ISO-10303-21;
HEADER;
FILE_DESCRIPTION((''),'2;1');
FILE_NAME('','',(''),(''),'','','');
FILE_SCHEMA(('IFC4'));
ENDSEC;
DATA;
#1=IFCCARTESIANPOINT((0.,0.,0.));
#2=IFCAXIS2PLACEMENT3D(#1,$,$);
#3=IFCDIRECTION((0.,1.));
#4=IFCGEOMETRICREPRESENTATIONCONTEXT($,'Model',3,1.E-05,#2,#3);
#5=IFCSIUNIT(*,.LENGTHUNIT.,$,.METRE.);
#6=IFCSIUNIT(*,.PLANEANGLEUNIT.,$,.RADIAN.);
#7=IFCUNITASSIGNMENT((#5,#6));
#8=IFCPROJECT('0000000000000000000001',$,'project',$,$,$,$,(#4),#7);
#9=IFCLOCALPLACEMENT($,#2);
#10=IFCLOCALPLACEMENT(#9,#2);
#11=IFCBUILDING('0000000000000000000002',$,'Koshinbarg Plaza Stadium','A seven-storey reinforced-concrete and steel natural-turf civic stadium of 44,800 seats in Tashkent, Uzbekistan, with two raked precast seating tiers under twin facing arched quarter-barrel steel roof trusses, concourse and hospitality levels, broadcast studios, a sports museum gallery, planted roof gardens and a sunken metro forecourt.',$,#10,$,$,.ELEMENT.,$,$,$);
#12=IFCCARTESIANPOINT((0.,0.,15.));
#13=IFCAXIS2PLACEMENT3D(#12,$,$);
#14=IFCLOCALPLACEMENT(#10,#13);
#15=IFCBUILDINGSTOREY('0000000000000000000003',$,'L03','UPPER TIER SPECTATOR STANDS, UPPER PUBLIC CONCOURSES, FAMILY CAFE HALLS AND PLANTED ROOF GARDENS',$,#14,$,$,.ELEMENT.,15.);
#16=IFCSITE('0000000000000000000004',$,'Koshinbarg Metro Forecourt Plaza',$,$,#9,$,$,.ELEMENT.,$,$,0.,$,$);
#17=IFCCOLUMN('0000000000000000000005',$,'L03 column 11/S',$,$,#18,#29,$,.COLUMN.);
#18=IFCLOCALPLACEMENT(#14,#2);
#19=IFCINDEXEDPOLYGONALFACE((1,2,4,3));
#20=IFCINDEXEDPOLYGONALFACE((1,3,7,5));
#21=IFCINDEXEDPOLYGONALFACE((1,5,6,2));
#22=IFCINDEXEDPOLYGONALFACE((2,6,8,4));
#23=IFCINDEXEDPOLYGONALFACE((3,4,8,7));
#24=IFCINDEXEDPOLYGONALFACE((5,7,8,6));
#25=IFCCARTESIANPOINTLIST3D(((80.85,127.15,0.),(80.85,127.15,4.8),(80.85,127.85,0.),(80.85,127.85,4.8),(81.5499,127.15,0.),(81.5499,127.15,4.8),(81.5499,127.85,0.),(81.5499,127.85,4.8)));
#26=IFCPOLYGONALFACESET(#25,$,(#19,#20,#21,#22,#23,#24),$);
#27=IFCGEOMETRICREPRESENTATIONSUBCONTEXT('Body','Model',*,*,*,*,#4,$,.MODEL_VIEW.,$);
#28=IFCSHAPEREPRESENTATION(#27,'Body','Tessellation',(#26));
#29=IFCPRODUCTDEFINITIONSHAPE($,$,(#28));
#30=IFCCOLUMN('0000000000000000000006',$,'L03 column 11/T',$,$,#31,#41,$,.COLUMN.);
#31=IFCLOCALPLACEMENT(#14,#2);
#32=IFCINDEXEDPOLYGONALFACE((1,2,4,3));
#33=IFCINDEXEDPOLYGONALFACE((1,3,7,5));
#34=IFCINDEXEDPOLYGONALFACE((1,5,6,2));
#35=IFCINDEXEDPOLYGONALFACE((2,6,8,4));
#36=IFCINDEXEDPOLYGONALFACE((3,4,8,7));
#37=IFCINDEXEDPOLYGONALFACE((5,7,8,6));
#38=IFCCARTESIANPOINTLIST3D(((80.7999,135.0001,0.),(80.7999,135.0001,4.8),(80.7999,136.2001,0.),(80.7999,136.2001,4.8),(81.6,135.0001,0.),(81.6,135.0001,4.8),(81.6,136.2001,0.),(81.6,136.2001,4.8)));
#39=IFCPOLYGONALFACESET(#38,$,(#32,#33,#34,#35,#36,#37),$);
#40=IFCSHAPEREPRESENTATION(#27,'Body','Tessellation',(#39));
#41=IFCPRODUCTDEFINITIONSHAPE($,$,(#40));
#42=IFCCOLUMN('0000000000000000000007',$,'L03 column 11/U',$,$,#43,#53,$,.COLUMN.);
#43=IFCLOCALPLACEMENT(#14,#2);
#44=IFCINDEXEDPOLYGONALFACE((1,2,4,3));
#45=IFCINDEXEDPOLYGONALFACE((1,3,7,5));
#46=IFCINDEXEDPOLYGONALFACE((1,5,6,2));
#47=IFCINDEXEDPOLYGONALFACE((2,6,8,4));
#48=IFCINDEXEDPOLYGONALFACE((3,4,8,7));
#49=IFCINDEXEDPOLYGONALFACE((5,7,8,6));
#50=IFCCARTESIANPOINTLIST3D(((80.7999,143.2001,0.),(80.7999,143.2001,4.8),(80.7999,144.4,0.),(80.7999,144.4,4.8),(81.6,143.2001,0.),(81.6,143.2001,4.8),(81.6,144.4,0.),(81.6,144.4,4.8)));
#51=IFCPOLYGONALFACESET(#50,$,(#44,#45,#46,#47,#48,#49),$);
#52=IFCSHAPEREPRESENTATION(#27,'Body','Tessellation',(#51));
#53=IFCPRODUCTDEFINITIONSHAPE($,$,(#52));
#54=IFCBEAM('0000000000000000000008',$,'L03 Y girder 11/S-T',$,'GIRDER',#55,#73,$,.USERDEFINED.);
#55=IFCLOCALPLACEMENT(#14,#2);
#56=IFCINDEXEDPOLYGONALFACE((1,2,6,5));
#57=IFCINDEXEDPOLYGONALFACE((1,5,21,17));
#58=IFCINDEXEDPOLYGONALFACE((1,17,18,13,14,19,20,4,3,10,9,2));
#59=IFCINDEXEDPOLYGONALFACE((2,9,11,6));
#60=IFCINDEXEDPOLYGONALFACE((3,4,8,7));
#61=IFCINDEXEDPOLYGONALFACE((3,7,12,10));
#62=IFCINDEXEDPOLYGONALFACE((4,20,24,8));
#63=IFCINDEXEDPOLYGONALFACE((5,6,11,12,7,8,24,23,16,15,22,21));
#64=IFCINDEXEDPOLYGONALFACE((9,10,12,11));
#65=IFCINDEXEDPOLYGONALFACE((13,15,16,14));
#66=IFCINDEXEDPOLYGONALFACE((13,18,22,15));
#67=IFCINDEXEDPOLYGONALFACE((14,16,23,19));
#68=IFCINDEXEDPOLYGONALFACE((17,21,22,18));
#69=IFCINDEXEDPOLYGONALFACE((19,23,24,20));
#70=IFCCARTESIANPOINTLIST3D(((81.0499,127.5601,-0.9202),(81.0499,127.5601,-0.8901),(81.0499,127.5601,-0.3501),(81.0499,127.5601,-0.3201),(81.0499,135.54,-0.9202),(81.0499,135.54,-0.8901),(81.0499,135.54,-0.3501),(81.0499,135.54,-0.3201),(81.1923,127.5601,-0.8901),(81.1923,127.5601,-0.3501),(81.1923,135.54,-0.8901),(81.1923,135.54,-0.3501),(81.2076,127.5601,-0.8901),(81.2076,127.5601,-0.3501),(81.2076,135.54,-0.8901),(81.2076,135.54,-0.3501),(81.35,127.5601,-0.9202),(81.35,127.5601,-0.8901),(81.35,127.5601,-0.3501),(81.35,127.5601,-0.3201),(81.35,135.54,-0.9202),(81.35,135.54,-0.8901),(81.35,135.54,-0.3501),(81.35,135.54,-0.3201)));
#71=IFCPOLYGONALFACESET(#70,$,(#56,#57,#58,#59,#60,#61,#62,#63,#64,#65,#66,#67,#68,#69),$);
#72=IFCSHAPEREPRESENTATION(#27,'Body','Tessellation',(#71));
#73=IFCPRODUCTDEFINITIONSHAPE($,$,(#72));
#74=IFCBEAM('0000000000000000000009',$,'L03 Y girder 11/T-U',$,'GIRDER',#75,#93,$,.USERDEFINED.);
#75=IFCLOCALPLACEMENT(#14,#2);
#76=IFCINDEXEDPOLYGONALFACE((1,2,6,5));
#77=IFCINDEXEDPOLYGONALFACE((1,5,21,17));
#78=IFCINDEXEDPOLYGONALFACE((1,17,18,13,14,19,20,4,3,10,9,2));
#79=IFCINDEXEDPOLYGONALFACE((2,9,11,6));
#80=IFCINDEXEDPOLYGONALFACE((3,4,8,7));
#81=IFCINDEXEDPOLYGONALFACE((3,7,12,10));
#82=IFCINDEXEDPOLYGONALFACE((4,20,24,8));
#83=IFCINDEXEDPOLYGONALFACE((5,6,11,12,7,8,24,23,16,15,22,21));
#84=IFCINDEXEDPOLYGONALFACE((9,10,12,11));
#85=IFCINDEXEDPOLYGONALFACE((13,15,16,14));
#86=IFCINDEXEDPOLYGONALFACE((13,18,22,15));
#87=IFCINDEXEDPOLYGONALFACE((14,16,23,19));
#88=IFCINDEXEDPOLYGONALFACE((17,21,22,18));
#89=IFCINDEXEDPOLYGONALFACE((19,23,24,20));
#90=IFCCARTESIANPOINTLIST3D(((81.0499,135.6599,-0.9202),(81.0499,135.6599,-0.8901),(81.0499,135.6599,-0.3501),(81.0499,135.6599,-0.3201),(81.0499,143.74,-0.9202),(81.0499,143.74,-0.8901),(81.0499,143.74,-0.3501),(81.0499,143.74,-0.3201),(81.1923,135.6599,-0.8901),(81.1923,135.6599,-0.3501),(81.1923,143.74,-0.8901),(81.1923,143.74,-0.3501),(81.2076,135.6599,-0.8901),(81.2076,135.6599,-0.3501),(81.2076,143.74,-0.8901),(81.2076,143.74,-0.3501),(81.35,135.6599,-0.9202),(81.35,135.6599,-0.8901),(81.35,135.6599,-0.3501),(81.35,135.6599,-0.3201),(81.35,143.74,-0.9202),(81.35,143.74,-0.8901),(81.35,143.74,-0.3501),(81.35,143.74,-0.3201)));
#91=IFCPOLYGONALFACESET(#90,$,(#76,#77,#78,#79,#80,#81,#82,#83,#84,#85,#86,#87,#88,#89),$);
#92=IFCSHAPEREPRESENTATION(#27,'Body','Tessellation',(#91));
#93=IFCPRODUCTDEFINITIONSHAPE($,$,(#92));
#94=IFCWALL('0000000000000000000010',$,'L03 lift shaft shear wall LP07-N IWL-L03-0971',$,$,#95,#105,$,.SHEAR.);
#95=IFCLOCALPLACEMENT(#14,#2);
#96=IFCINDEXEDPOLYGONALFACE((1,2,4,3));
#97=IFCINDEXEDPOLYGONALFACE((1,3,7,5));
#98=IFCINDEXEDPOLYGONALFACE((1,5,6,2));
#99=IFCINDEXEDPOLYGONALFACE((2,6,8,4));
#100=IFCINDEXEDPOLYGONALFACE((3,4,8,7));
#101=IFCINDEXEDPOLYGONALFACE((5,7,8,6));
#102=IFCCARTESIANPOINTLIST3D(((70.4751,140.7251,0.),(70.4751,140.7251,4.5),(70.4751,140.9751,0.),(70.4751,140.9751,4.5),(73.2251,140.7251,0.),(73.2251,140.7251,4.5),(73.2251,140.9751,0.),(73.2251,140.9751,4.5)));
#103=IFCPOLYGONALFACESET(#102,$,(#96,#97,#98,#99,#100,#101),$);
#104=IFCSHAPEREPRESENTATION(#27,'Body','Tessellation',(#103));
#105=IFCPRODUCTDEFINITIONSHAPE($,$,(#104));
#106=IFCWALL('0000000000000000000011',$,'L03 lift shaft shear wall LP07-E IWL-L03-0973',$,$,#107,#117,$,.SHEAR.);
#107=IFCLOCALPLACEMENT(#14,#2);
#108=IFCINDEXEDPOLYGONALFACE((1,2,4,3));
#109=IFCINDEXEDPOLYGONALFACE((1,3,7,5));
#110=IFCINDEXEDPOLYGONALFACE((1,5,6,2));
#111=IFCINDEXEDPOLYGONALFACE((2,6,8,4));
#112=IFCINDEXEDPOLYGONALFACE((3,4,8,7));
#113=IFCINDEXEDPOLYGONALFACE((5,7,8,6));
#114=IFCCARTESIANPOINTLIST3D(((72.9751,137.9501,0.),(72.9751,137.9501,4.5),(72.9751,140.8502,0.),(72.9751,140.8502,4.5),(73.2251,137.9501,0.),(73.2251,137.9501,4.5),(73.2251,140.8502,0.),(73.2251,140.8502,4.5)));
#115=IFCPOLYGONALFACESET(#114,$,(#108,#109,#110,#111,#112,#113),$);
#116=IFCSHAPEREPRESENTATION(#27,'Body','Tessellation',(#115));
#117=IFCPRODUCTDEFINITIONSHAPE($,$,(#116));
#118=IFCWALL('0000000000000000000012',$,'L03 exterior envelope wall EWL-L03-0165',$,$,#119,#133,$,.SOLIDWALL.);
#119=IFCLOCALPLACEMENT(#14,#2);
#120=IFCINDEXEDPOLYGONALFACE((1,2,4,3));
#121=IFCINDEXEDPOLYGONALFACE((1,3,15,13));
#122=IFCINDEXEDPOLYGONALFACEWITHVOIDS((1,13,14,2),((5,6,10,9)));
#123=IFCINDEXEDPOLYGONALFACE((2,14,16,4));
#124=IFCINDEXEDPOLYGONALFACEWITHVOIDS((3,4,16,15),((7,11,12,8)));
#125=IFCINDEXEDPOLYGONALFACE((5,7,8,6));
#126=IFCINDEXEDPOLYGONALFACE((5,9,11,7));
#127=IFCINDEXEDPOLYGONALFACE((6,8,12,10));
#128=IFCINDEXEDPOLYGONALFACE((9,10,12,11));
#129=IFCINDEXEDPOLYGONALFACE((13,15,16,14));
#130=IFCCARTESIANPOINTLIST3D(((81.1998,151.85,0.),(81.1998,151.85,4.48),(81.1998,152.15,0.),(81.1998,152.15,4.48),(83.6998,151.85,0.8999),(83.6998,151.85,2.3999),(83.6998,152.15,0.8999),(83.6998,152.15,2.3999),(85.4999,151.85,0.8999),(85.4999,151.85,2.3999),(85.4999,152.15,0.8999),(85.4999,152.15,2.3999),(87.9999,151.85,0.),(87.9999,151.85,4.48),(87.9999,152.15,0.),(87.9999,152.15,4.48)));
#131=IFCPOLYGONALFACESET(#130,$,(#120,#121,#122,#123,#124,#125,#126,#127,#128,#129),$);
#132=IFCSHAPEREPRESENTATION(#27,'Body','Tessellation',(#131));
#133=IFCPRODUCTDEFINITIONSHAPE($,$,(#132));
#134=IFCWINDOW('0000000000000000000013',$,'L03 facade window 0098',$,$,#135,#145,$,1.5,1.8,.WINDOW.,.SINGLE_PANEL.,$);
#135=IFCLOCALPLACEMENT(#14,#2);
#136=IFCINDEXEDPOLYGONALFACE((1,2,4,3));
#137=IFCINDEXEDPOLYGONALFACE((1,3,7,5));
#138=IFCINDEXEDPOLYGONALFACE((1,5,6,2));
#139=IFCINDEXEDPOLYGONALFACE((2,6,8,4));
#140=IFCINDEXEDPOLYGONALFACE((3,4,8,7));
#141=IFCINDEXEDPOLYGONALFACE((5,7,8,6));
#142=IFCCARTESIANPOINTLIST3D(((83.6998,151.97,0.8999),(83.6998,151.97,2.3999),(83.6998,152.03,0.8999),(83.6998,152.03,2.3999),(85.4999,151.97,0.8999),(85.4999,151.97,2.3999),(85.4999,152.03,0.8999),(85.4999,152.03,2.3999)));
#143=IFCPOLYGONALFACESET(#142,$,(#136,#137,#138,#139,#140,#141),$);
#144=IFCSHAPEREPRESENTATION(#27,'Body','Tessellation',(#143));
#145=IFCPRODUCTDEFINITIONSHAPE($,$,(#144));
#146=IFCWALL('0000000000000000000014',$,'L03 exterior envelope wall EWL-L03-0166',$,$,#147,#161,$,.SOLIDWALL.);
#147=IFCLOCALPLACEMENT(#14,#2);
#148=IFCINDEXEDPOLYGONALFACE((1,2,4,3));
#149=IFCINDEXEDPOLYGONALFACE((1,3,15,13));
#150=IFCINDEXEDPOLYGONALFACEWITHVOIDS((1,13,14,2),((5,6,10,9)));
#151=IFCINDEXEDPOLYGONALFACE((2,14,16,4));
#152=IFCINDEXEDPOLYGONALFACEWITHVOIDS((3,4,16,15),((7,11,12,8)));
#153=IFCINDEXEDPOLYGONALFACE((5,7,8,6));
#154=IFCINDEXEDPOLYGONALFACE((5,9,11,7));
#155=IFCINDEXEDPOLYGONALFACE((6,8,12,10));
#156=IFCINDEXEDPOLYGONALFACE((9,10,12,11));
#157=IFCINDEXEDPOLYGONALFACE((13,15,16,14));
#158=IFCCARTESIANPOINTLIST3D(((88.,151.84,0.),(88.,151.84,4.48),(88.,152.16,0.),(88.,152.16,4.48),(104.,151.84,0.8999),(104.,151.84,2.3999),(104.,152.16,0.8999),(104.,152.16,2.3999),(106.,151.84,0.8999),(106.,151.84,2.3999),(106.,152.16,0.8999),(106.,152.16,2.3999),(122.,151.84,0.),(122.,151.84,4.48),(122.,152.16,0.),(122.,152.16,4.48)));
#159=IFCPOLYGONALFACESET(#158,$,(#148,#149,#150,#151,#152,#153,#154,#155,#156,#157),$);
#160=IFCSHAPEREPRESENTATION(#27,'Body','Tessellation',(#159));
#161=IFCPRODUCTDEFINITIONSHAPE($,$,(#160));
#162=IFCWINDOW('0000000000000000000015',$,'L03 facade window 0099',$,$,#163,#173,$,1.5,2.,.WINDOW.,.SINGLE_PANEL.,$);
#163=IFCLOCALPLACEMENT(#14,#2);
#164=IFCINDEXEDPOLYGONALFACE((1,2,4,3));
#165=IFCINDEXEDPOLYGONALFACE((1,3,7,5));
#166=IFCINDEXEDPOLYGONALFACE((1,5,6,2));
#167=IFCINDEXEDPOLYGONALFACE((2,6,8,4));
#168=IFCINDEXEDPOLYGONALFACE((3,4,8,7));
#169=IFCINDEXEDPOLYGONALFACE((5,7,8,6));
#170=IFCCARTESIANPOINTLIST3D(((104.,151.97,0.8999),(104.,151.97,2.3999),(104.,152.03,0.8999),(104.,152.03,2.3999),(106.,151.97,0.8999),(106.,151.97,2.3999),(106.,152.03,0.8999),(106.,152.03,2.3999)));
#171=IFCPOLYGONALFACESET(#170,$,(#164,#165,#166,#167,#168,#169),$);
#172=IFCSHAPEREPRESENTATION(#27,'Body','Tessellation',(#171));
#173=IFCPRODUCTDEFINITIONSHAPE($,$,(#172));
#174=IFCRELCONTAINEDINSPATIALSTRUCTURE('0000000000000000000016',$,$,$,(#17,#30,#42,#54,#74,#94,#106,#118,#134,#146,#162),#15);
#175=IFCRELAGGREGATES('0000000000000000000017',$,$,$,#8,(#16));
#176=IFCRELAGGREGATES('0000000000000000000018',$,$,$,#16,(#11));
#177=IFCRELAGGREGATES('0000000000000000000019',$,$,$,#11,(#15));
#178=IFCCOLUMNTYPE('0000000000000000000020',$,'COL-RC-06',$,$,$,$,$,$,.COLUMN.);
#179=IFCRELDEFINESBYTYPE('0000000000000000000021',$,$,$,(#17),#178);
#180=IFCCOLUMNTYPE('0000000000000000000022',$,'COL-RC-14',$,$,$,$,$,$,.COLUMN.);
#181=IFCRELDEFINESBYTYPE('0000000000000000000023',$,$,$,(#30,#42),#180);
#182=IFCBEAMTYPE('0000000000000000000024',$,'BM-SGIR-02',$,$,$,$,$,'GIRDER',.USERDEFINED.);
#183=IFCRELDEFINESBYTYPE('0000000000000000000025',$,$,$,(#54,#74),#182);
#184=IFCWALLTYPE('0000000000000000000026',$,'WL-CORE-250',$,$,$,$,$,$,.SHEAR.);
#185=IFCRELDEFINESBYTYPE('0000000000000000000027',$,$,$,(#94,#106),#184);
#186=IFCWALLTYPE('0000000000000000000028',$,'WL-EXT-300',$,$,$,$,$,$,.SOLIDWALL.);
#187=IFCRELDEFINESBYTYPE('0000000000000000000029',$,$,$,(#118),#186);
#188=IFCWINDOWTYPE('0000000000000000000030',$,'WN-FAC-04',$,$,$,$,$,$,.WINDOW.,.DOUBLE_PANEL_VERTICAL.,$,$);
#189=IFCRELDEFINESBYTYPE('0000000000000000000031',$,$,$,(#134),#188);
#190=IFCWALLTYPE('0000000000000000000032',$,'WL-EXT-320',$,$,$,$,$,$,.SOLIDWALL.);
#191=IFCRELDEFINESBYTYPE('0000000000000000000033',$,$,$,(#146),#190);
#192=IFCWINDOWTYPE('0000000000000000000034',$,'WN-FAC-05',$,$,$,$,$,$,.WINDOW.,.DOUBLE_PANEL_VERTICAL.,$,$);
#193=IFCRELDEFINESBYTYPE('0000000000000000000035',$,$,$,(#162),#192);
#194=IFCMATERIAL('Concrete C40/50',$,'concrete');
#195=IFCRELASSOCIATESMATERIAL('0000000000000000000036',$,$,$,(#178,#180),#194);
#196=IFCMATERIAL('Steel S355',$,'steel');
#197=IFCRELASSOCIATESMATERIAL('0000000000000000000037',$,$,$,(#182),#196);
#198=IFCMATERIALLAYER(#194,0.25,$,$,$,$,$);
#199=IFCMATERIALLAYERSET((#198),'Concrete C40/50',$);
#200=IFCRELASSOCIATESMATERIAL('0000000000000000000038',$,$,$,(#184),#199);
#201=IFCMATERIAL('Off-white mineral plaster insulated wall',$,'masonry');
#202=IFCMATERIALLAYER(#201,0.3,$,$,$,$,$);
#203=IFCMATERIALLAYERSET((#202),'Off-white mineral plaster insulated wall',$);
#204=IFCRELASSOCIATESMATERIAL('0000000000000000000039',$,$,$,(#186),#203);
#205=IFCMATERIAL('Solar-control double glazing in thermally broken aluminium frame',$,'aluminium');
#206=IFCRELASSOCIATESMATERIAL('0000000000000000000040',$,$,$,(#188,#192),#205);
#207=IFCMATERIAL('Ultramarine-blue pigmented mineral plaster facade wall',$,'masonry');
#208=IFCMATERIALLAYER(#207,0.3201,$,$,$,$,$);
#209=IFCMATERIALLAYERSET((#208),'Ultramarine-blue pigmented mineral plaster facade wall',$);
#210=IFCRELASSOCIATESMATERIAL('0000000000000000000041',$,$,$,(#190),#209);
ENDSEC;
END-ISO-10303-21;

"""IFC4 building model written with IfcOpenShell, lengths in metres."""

from ifc_helpers import new_model, si_unit, direction, frame, frame_2d, origin, origin_2d, place, context, subcontext, project, spatial, rectangle, i_section, extrude, material, layer, layer_set, material_profile, profile_set, type_object, element, fill, save


model = new_model("IFC4")

# Units and contexts
model_context = context("Model", 3, precision=1e-05, world=origin(), true_north=direction((0.0, 1.0)))
body_context = subcontext(model_context, "Body", "Model", "MODEL_VIEW")
ifc_project = project(units=[si_unit("LENGTHUNIT", "METRE"), si_unit("PLANEANGLEUNIT", "RADIAN")], contexts=[model_context])

# Site, building, storey
site_placement = place(None, origin())
site = spatial("IfcSite", under=ifc_project, at=site_placement, Name="Koshinbarg Metro Forecourt Plaza", CompositionType="ELEMENT", RefElevation=0.0)
building_placement = place(site_placement, origin())
building = spatial("IfcBuilding", under=site, at=building_placement, Name="Koshinbarg Plaza Stadium", Description="A seven-storey reinforced-concrete and steel natural-turf civic stadium of 44,800 seats in Tashkent, Uzbekistan, with two raked precast seating tiers under twin facing arched quarter-barrel steel roof trusses, concourse and hospitality levels, broadcast studios, a sports museum gallery, planted roof gardens and a sunken metro forecourt.", CompositionType="ELEMENT")
storey_placement = place(building_placement, frame((0.0, 0.0, 15.0)))
storey = spatial("IfcBuildingStorey", under=building, at=storey_placement, Name="L03", Description="UPPER TIER SPECTATOR STANDS, UPPER PUBLIC CONCOURSES, FAMILY CAFE HALLS AND PLANTED ROOF GARDENS", CompositionType="ELEMENT", Elevation=15.0)

# Columns
ifc_material_1 = material(Name="Concrete C40/50", Category="concrete")
ifc_material_profile_1 = material_profile(ifc_material_1, rectangle(XDim=0.7, YDim=0.7, at=origin_2d()), Name="RC 700x700")
ifc_profile_set_1 = profile_set([ifc_material_profile_1], Name="Concrete C40/50")
column_type_1 = type_object("IfcColumnType", Name="COL-RC-06", PredefinedType="COLUMN", material=ifc_profile_set_1)
column_placement = place(storey_placement, frame((81.2, 127.5, 0.0), z_axis=(0.0, 0.0, 1.0), x_axis=(1.0, 0.0, 0.0)))
element("IfcColumn", 1, at=column_placement, inside=storey, type_object=column_type_1, Name="L03 column 11/S", PredefinedType="COLUMN", context=body_context, shape_type="SweptSolid", body=[
    extrude(rectangle(XDim=0.7, YDim=0.7, at=origin_2d()), origin(), (0.0, 0.0, 1.0), 4.8),
])
ifc_material_profile_2 = material_profile(ifc_material_1, rectangle(XDim=0.8, YDim=1.2, at=origin_2d()), Name="RC 800x1200")
ifc_profile_set_2 = profile_set([ifc_material_profile_2], Name="Concrete C40/50")
column_type_2 = type_object("IfcColumnType", Name="COL-RC-14", PredefinedType="COLUMN", material=ifc_profile_set_2)
for number, where, z_axis, x_axis, name in (
    (2, (81.2, 135.6001, 0.0), (0.0, 0.0, 1.0), (1.0, 0.0, 0.0), "L03 column 11/T"),
    (3, (81.2, 143.8, 0.0), (0.0, 0.0, 1.0), (1.0, 0.0, 0.0), "L03 column 11/U"),
):
    element("IfcColumn", number, at=place(storey_placement, frame(where, z_axis=z_axis, x_axis=x_axis)), inside=storey, type_object=column_type_2, Name=name, PredefinedType="COLUMN", context=body_context, shape_type="SweptSolid", body=[
        extrude(rectangle(XDim=0.8, YDim=1.2, at=origin_2d()), origin(), (0.0, 0.0, 1.0), 4.8),
    ])

# Beams
ifc_material_2 = material(Name="Steel S355", Category="steel")
ifc_material_profile_3 = material_profile(ifc_material_2, i_section(OverallWidth=0.3, OverallDepth=0.6001, WebThickness=0.0154, FlangeThickness=0.03, at=origin_2d()), Name="HEB 600")
ifc_profile_set_3 = profile_set([ifc_material_profile_3], Name="Steel S355")
beam_type = type_object("IfcBeamType", Name="BM-SGIR-02", ElementType="GIRDER", PredefinedType="USERDEFINED", material=ifc_profile_set_3)
beam_1_placement = place(storey_placement, frame((81.2, 127.5601, -0.6201), z_axis=(0.0, 1.0, 0.0), x_axis=(-1.0, 0.0, 0.0)))
element("IfcBeam", 4, at=beam_1_placement, inside=storey, type_object=beam_type, Name="L03 Y girder 11/S-T", ObjectType="GIRDER", PredefinedType="USERDEFINED", context=body_context, shape_type="SweptSolid", body=[
    extrude(i_section(OverallWidth=0.3, OverallDepth=0.6001, WebThickness=0.0154, FlangeThickness=0.03, at=origin_2d()), origin(), (0.0, 0.0, 1.0), 7.98),
])
beam_2_placement = place(storey_placement, frame((81.2, 135.6599, -0.6201), z_axis=(0.0, 1.0, 0.0), x_axis=(-1.0, 0.0, 0.0)))
element("IfcBeam", 5, at=beam_2_placement, inside=storey, type_object=beam_type, Name="L03 Y girder 11/T-U", ObjectType="GIRDER", PredefinedType="USERDEFINED", context=body_context, shape_type="SweptSolid", body=[
    extrude(i_section(OverallWidth=0.3, OverallDepth=0.6001, WebThickness=0.0154, FlangeThickness=0.03, at=origin_2d()), origin(), (0.0, 0.0, 1.0), 8.0801),
])

# Walls
ifc_layer_1 = layer(ifc_material_1, 0.25)
ifc_layer_set_1 = layer_set([ifc_layer_1], Name="Concrete C40/50")
wall_type_1 = type_object("IfcWallType", Name="WL-CORE-250", PredefinedType="SHEAR", material=ifc_layer_set_1)
wall_1_placement = place(storey_placement, frame((73.2251, 140.8501, 0.0), z_axis=(0.0, 0.0, 1.0), x_axis=(-1.0, 0.0, 0.0)))
element("IfcWall", 6, at=wall_1_placement, inside=storey, type_object=wall_type_1, Name="L03 lift shaft shear wall LP07-N IWL-L03-0971", PredefinedType="SHEAR", context=body_context, shape_type="SweptSolid", body=[
    extrude(rectangle(XDim=2.75, YDim=0.25, at=frame_2d((1.375, 0.0))), origin(), (0.0, 0.0, 1.0), 4.5),
])
wall_2_placement = place(storey_placement, frame((73.1001, 137.95, 0.0), z_axis=(0.0, 0.0, 1.0), x_axis=(0.0, 1.0, 0.0)))
element("IfcWall", 7, at=wall_2_placement, inside=storey, type_object=wall_type_1, Name="L03 lift shaft shear wall LP07-E IWL-L03-0973", PredefinedType="SHEAR", context=body_context, shape_type="SweptSolid", body=[
    extrude(rectangle(XDim=2.9001, YDim=0.25, at=frame_2d((1.4502, 0.0))), origin(), (0.0, 0.0, 1.0), 4.5),
])

# Walls, openings, windows
ifc_material_3 = material(Name="Off-white mineral plaster insulated wall", Category="masonry")
ifc_layer_2 = layer(ifc_material_3, 0.3)
ifc_layer_set_2 = layer_set([ifc_layer_2], Name="Off-white mineral plaster insulated wall")
wall_type_2 = type_object("IfcWallType", Name="WL-EXT-300", PredefinedType="SOLIDWALL", material=ifc_layer_set_2)
wall_3_placement = place(storey_placement, frame((81.2, 152.0, 0.0), z_axis=(0.0, 0.0, 1.0), x_axis=(1.0, 0.0, 0.0)))
wall_3 = element("IfcWall", 8, at=wall_3_placement, inside=storey, type_object=wall_type_2, Name="L03 exterior envelope wall EWL-L03-0165", PredefinedType="SOLIDWALL", context=body_context, shape_type="SweptSolid", body=[
    extrude(rectangle(XDim=6.8, YDim=0.3, at=frame_2d((3.3999, 0.0))), origin(), (0.0, 0.0, 1.0), 4.48),
])
opening_1_placement = place(wall_3_placement, frame((2.5, 0.0, 0.8999)))
opening_1 = element("IfcOpeningElement", 9, at=opening_1_placement, cuts=wall_3, PredefinedType="OPENING", context=body_context, shape_type="SweptSolid", body=[
    extrude(rectangle(XDim=1.8, YDim=1.5, at=frame_2d((0.8999, 0.75))), frame((0.0, 0.1599, 0.0), z_axis=(0.0, -1.0, 0.0), x_axis=(1.0, 0.0, 0.0)), (0.0, 0.0, 1.0), 0.3201),
])
ifc_material_4 = material(Name="Solar-control double glazing in thermally broken aluminium frame", Category="aluminium")
window_type_1 = type_object("IfcWindowType", Name="WN-FAC-04", PartitioningType="DOUBLE_PANEL_VERTICAL", PredefinedType="WINDOW", material=ifc_material_4)
window_1_placement = place(opening_1_placement, origin())
window_1 = element("IfcWindow", 10, at=window_1_placement, inside=storey, type_object=window_type_1, Name="L03 facade window 0098", OverallHeight=1.5, OverallWidth=1.8, PartitioningType="SINGLE_PANEL", PredefinedType="WINDOW", context=body_context, shape_type="SweptSolid", body=[
    extrude(rectangle(XDim=1.8, YDim=1.5, at=frame_2d((0.8999, 0.75))), frame((0.0, 0.03, 0.0), z_axis=(0.0, -1.0, 0.0), x_axis=(1.0, 0.0, 0.0)), (0.0, 0.0, 1.0), 0.0601),
])
fill(opening_1, window_1)
ifc_material_5 = material(Name="Ultramarine-blue pigmented mineral plaster facade wall", Category="masonry")
ifc_layer_3 = layer(ifc_material_5, 0.3201)
ifc_layer_set_3 = layer_set([ifc_layer_3], Name="Ultramarine-blue pigmented mineral plaster facade wall")
wall_type_3 = type_object("IfcWallType", Name="WL-EXT-320", PredefinedType="SOLIDWALL", material=ifc_layer_set_3)
wall_4_placement = place(storey_placement, frame((88.0, 152.0, 0.0), z_axis=(0.0, 0.0, 1.0), x_axis=(1.0, 0.0, 0.0)))
wall_4 = element("IfcWall", 11, at=wall_4_placement, inside=storey, type_object=wall_type_3, Name="L03 exterior envelope wall EWL-L03-0166", PredefinedType="SOLIDWALL", context=body_context, shape_type="SweptSolid", body=[
    extrude(rectangle(XDim=34.0, YDim=0.3201, at=frame_2d((17.0, 0.0))), origin(), (0.0, 0.0, 1.0), 4.48),
])
opening_2_placement = place(wall_4_placement, frame((16.0, 0.0, 0.8999)))
opening_2 = element("IfcOpeningElement", 12, at=opening_2_placement, cuts=wall_4, PredefinedType="OPENING", context=body_context, shape_type="SweptSolid", body=[
    extrude(rectangle(XDim=2.0, YDim=1.5, at=frame_2d((1.0, 0.75))), frame((0.0, 0.1699, 0.0), z_axis=(0.0, -1.0, 0.0), x_axis=(1.0, 0.0, 0.0)), (0.0, 0.0, 1.0), 0.3401),
])
window_type_2 = type_object("IfcWindowType", Name="WN-FAC-05", PartitioningType="DOUBLE_PANEL_VERTICAL", PredefinedType="WINDOW", material=ifc_material_4)
window_2_placement = place(opening_2_placement, origin())
window_2 = element("IfcWindow", 13, at=window_2_placement, inside=storey, type_object=window_type_2, Name="L03 facade window 0099", OverallHeight=1.5, OverallWidth=2.0, PartitioningType="SINGLE_PANEL", PredefinedType="WINDOW", context=body_context, shape_type="SweptSolid", body=[
    extrude(rectangle(XDim=2.0, YDim=1.5, at=frame_2d((1.0, 0.75))), frame((0.0, 0.03, 0.0), z_axis=(0.0, -1.0, 0.0), x_axis=(1.0, 0.0, 0.0)), (0.0, 0.0, 1.0), 0.0601),
])
fill(opening_2, window_2)

save(model, "model.ifc")
